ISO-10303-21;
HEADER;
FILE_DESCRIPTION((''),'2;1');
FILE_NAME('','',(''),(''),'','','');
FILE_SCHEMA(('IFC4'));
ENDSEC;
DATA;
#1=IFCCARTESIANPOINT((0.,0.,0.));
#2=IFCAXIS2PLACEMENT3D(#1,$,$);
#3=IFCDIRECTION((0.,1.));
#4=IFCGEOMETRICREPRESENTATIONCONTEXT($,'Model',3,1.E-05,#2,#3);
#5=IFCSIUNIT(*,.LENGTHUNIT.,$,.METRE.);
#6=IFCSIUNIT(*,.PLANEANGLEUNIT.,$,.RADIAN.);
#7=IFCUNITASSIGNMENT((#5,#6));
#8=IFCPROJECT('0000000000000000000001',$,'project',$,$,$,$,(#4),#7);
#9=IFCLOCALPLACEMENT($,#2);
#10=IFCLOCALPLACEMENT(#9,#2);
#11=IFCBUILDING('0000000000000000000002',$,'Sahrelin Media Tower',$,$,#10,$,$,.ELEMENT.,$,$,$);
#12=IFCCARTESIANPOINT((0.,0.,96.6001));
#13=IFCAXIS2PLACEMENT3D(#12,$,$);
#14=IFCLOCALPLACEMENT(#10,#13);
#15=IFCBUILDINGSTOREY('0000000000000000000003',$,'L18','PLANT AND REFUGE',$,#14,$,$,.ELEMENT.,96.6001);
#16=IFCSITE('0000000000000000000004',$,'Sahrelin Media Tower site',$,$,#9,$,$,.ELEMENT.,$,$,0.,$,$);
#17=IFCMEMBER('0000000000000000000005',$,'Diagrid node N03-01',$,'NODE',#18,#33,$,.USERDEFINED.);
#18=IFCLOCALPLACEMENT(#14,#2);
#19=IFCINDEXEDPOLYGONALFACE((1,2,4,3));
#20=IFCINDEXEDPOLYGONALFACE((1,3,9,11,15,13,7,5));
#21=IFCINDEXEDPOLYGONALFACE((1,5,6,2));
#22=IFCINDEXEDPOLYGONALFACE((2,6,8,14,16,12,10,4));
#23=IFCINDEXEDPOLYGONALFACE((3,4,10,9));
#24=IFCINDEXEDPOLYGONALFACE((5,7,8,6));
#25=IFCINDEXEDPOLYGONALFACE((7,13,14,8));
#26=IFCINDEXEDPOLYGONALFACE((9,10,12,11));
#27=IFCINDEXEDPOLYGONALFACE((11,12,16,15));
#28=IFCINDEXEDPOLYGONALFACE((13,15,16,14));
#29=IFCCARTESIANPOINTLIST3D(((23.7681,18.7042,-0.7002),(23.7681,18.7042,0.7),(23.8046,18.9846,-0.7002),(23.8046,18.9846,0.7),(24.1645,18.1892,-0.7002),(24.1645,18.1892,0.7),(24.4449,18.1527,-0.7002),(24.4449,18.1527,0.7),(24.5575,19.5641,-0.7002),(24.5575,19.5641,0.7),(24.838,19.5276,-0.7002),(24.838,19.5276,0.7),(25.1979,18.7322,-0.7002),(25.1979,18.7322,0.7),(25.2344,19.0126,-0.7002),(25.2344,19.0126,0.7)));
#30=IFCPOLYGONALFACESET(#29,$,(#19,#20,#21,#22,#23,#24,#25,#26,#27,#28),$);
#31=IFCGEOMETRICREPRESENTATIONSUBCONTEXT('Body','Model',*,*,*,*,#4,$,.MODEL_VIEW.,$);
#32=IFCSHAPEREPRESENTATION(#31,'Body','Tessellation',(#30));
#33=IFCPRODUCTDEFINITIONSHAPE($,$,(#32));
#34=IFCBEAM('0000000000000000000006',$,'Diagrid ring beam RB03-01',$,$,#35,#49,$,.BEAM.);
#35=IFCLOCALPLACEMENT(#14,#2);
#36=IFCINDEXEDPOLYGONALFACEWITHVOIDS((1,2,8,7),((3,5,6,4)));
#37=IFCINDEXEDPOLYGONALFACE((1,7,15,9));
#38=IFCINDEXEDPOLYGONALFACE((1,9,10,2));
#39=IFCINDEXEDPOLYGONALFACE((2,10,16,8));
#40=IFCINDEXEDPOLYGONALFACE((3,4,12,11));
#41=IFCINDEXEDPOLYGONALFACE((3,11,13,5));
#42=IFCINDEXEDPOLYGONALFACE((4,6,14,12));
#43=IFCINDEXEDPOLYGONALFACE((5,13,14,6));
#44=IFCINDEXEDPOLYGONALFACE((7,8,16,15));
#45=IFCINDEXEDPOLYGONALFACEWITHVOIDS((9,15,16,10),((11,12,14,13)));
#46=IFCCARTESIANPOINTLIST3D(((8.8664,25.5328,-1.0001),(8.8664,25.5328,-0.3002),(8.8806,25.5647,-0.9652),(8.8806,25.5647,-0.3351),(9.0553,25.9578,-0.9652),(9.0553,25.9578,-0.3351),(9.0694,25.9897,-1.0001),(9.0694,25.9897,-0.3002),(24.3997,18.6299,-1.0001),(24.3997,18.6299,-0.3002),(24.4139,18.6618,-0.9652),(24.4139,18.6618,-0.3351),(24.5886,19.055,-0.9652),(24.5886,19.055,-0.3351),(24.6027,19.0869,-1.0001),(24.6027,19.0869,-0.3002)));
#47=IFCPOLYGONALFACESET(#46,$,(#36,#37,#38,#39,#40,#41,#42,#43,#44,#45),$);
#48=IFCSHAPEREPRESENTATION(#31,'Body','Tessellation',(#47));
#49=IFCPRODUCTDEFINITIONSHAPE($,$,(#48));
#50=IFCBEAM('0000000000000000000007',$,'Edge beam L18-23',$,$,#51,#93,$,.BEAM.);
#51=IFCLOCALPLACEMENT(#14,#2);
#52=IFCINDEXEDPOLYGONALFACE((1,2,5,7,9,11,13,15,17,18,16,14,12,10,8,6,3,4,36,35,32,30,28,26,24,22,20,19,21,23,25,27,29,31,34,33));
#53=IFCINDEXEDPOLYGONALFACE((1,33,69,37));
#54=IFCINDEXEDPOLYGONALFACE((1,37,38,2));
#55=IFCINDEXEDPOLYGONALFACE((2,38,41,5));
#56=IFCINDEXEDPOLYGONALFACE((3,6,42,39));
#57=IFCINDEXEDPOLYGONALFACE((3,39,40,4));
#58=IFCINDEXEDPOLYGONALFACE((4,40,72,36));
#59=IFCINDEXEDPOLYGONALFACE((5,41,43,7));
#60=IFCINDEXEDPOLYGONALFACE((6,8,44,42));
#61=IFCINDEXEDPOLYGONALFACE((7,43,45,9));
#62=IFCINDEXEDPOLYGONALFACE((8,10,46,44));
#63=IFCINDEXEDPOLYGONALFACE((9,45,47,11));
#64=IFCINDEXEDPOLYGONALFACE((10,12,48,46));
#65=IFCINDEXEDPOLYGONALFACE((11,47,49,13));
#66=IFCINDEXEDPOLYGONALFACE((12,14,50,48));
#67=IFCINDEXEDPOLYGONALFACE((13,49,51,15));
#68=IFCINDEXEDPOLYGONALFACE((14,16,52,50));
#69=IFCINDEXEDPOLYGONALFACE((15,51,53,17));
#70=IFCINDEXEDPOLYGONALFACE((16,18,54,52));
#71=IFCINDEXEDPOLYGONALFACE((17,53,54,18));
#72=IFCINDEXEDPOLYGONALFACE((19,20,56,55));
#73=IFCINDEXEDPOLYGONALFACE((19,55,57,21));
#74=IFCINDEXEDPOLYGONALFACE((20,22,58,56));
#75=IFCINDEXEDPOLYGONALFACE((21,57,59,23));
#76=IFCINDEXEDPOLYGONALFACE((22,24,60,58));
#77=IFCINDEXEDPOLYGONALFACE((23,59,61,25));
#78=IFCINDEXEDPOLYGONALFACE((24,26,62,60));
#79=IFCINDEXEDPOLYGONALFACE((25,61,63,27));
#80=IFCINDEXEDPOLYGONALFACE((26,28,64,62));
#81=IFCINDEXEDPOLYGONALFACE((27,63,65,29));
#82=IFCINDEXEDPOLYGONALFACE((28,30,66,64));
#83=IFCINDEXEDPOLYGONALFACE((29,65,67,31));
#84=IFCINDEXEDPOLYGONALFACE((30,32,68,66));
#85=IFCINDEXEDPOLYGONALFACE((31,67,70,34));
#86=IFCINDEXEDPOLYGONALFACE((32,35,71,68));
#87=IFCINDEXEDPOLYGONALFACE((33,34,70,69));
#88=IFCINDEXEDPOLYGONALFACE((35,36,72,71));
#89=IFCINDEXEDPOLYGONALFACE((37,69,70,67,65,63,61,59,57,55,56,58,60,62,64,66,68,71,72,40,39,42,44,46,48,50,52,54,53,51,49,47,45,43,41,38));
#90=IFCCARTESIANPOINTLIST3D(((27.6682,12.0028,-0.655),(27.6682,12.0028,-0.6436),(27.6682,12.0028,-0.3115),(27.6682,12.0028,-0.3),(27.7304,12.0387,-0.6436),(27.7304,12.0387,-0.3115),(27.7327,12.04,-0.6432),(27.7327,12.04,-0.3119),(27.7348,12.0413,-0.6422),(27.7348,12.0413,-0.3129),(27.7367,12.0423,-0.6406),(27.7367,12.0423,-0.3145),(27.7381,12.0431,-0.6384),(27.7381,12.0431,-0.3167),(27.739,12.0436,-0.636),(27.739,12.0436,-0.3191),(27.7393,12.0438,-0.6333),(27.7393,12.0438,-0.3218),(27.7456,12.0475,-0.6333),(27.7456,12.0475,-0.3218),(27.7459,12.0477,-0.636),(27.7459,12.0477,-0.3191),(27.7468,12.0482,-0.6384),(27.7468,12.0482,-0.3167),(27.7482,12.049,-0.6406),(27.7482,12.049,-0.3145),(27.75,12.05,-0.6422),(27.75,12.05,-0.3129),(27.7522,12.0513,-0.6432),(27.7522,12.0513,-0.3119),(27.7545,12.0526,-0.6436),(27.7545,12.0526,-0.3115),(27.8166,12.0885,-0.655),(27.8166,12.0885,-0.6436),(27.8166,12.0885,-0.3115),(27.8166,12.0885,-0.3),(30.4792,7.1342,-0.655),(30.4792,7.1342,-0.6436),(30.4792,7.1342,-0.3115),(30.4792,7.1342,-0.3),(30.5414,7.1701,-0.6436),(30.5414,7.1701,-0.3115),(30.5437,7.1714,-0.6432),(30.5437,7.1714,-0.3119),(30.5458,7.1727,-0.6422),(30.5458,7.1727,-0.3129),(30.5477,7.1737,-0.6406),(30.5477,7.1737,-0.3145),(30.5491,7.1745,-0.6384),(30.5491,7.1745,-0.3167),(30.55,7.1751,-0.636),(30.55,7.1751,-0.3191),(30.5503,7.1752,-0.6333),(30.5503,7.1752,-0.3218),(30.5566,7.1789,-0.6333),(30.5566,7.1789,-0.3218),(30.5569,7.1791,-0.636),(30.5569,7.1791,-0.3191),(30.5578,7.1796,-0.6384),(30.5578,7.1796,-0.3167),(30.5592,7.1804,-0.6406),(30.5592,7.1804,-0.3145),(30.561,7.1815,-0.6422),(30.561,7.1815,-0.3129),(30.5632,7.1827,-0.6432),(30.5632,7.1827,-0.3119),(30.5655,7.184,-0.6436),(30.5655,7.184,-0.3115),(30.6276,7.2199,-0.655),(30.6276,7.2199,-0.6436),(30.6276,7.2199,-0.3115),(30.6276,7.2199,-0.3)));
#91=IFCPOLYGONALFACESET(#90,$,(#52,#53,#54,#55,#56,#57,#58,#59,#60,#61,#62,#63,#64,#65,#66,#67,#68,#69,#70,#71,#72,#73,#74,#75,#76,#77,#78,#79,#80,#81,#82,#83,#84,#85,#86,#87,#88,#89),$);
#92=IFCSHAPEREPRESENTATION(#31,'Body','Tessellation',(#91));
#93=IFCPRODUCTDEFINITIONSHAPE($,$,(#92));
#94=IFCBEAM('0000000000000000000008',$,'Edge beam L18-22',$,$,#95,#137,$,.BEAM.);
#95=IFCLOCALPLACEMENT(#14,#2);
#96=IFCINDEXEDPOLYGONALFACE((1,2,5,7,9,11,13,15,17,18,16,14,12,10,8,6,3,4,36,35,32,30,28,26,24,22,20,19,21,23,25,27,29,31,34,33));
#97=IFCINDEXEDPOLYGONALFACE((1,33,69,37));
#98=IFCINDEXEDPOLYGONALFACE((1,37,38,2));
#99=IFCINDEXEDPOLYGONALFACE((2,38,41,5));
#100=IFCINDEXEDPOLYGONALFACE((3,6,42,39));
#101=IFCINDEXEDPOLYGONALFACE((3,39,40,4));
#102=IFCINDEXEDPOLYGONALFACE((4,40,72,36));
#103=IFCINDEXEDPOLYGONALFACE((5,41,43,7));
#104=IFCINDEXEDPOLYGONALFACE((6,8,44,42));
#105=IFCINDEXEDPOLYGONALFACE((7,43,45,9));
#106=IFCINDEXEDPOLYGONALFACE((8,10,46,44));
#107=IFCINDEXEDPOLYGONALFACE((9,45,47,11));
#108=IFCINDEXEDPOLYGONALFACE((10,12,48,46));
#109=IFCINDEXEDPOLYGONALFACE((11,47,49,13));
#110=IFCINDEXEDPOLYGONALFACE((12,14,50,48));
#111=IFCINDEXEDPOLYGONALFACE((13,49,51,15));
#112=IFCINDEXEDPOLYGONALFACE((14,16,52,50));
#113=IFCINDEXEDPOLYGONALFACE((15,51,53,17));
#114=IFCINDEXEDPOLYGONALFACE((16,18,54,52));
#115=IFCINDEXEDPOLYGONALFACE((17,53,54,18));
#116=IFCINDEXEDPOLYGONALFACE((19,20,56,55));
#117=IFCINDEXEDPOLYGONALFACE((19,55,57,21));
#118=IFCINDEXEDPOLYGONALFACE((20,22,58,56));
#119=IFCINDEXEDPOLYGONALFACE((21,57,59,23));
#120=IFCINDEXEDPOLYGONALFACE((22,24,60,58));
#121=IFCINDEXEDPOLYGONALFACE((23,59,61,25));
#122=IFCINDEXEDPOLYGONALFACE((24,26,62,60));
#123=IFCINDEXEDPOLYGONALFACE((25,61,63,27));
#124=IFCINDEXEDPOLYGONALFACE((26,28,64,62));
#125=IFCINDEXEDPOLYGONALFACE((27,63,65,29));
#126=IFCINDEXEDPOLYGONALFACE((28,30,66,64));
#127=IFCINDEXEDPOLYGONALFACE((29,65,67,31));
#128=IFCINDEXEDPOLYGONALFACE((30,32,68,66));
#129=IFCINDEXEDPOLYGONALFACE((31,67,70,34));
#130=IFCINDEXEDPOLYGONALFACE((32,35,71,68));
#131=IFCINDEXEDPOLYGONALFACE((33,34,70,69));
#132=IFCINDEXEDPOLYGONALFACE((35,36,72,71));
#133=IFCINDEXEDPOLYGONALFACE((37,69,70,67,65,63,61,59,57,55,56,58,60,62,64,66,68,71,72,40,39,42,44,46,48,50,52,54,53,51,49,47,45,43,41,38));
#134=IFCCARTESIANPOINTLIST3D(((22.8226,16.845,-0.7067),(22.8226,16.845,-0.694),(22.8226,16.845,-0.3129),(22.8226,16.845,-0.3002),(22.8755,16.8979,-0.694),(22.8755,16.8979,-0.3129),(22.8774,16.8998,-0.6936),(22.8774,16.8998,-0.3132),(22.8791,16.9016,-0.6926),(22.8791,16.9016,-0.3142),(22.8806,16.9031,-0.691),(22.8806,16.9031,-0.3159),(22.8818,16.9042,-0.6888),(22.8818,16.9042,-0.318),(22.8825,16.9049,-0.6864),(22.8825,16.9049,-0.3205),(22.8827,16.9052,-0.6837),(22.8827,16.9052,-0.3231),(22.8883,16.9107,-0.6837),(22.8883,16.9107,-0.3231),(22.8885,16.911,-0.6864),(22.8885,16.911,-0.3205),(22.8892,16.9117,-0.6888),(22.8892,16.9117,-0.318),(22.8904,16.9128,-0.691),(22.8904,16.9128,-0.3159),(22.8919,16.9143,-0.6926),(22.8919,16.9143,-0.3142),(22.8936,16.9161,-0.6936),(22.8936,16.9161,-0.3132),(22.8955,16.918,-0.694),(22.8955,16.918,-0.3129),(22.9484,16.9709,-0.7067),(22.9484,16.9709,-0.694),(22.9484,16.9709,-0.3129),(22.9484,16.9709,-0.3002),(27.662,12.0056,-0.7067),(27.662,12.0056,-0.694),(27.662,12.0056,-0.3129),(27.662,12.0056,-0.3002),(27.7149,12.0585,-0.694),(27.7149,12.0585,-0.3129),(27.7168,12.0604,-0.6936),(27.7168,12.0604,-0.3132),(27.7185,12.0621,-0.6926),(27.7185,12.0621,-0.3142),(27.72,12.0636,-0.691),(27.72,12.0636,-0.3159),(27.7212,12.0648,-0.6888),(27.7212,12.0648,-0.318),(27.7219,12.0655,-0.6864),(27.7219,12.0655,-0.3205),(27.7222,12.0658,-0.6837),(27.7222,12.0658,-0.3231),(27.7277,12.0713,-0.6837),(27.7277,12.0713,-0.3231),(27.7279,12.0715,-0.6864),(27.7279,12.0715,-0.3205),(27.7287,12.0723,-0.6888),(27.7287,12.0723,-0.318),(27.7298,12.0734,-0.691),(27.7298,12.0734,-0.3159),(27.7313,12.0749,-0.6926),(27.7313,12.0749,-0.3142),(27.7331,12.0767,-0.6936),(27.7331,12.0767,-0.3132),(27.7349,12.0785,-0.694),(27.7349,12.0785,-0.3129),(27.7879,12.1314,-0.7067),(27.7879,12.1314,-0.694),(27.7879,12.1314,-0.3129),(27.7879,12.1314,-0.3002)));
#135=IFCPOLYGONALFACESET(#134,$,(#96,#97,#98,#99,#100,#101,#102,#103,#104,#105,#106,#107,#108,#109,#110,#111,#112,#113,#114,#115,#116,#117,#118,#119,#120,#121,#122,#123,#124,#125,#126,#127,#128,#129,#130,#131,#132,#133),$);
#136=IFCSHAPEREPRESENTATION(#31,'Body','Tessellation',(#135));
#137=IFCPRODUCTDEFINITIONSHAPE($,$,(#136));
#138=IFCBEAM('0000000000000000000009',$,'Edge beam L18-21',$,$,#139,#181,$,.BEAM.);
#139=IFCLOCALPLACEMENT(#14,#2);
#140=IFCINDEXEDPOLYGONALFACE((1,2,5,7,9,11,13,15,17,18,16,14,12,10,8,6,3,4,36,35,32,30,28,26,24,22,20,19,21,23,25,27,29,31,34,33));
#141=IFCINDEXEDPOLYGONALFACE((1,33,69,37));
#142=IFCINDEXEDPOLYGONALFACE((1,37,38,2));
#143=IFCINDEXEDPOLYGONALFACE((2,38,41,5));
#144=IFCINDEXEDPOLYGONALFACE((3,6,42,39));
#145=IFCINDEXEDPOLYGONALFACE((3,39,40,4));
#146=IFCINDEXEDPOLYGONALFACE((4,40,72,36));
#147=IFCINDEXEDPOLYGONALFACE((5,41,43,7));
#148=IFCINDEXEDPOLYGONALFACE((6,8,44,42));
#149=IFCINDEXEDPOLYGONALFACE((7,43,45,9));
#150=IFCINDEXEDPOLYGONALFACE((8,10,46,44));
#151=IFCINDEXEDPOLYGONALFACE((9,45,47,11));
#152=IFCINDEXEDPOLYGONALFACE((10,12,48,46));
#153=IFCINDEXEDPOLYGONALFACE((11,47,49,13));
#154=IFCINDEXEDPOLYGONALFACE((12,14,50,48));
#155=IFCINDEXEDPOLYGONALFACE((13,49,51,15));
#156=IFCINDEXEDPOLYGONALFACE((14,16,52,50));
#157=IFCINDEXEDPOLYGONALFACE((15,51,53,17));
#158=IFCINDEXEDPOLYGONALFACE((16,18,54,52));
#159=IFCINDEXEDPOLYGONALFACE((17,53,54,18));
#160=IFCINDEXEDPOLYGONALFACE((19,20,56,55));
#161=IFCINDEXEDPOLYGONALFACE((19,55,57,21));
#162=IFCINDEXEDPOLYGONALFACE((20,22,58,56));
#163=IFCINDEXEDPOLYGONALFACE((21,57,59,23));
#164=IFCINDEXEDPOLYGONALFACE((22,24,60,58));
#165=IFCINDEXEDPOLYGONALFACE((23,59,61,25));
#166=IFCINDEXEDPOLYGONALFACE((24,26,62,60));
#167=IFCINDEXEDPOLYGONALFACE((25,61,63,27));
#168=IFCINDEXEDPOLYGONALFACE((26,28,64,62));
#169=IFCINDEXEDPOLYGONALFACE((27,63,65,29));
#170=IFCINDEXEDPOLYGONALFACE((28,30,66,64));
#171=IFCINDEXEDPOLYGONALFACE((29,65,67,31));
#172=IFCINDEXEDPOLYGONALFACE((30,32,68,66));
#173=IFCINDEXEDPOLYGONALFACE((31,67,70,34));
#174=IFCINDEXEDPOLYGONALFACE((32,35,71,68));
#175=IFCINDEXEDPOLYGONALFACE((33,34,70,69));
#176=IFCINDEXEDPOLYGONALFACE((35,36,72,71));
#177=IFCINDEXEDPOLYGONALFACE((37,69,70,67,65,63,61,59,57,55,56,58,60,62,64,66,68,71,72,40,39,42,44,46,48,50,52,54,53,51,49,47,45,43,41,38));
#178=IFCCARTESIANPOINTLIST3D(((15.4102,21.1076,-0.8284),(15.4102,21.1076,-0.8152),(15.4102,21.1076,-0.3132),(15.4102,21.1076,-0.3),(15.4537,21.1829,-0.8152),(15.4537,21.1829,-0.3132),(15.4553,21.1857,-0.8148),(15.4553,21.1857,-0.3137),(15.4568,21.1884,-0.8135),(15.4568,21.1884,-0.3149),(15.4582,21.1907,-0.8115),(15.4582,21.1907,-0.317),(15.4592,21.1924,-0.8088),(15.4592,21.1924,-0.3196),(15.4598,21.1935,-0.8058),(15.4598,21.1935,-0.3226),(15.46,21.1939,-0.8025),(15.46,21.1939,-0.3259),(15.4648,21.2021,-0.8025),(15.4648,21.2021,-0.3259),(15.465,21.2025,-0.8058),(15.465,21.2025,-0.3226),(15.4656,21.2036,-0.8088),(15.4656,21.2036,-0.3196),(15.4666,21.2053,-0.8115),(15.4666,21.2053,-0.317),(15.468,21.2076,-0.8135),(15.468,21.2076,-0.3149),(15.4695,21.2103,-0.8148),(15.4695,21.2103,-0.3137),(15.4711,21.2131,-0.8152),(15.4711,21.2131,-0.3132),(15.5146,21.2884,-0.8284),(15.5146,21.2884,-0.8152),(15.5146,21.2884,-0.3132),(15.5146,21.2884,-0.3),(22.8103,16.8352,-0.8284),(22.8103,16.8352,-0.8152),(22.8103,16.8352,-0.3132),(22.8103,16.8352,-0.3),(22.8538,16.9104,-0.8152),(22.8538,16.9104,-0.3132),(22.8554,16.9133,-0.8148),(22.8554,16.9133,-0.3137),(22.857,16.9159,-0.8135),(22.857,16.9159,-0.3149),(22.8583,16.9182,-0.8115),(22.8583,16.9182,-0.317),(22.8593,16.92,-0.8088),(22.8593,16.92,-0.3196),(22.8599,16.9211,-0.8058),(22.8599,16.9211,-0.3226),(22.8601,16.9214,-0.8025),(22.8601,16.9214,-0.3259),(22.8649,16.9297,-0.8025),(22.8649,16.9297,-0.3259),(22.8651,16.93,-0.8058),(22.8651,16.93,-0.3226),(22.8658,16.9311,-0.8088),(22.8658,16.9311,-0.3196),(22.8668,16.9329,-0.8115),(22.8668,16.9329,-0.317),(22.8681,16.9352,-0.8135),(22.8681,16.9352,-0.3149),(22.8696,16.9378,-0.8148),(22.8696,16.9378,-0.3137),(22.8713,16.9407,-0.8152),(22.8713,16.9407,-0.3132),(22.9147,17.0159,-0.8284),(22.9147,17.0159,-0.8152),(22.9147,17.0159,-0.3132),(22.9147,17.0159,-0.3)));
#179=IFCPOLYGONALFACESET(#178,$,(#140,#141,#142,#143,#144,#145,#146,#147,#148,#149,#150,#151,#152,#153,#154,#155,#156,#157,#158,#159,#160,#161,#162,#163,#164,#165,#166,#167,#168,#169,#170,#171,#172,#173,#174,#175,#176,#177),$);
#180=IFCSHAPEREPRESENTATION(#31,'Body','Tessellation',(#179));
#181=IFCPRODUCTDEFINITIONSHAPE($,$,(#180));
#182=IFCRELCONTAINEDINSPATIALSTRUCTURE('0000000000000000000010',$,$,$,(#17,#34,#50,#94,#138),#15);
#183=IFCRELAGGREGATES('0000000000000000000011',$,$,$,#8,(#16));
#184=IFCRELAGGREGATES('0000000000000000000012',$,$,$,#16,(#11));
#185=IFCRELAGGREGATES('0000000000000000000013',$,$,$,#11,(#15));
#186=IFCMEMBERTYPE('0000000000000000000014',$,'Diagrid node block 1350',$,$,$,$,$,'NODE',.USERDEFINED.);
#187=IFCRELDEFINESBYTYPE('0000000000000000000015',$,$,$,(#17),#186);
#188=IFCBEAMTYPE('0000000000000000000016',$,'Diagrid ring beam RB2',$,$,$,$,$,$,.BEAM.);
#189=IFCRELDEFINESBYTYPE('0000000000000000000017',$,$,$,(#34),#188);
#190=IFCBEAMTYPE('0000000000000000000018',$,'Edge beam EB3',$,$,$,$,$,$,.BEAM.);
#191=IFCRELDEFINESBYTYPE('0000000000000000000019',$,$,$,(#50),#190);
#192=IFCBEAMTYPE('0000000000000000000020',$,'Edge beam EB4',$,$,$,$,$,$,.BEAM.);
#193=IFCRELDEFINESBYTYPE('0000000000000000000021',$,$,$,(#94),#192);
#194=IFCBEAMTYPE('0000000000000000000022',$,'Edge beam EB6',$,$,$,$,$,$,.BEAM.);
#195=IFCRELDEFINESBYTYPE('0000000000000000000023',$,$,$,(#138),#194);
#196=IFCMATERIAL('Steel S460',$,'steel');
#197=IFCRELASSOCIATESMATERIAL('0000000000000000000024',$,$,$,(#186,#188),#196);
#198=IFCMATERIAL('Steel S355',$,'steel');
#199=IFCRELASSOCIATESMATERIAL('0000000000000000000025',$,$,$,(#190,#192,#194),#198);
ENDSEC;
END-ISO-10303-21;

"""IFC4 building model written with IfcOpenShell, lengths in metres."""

from ifc_helpers import new_model, si_unit, direction, frame, origin, origin_2d, place, context, subcontext, project, spatial, polyline, hollow_rectangle, i_section, outline, extrude, material, material_profile, profile_set, type_object, element, save


model = new_model("IFC4")

# Units and contexts
model_context = context("Model", 3, precision=1e-05, world=origin(), true_north=direction((0.0, 1.0)))
body_context = subcontext(model_context, "Body", "Model", "MODEL_VIEW")
ifc_project = project(units=[si_unit("LENGTHUNIT", "METRE"), si_unit("PLANEANGLEUNIT", "RADIAN")], contexts=[model_context])

# Site, building, storey
site_placement = place(None, origin())
site = spatial("IfcSite", under=ifc_project, at=site_placement, Name="Sahrelin Media Tower site", CompositionType="ELEMENT", RefElevation=0.0)
building_placement = place(site_placement, origin())
building = spatial("IfcBuilding", under=site, at=building_placement, Name="Sahrelin Media Tower", CompositionType="ELEMENT")
storey_placement = place(building_placement, frame((0.0, 0.0, 96.6001)))
storey = spatial("IfcBuildingStorey", under=building, at=storey_placement, Name="L18", Description="PLANT AND REFUGE", CompositionType="ELEMENT", Elevation=96.6001)

# Member
ifc_material_1 = material(Name="Steel S460", Category="steel")
ifc_material_profile_1 = material_profile(ifc_material_1, outline(polyline([(0.4751, -0.5249), (0.675, -0.325), (0.675, 0.325), (0.4751, 0.5249), (-0.4751, 0.5249), (-0.675, 0.325), (-0.675, -0.325), (-0.4751, -0.5249), (0.4751, -0.5249)])), Name="Diagrid node block 1350")
ifc_profile_set_1 = profile_set([ifc_material_profile_1], Name="Steel S460")
member_type_1 = type_object("IfcMemberType", Name="Diagrid node block 1350", ElementType="NODE", PredefinedType="USERDEFINED", material=ifc_profile_set_1)
member_1_placement = place(storey_placement, frame((24.5012, 18.8584, -0.7002), z_axis=(0.0, 0.0, 1.0), x_axis=(0.792445, 0.609943, 0.0)))
element("IfcMember", 1, at=member_1_placement, inside=storey, type_object=member_type_1, Name="Diagrid node N03-01", ObjectType="NODE", PredefinedType="USERDEFINED", context=body_context, shape_type="SweptSolid", body=[
    extrude(outline(polyline([(0.4751, -0.5249), (0.675, -0.325), (0.675, 0.325), (0.4751, 0.5249), (-0.4751, 0.5249), (-0.675, 0.325), (-0.675, -0.325), (-0.4751, -0.5249), (0.4751, -0.5249)])), origin(), (0.0, 0.0, 1.0), 1.4001),
])

# Beams
ifc_material_profile_2 = material_profile(ifc_material_1, hollow_rectangle(XDim=0.5, YDim=0.7, WallThickness=0.0349, at=origin_2d()), Name="Diagrid ring beam RB2")
ifc_profile_set_2 = profile_set([ifc_material_profile_2], Name="Steel S460")
beam_type_1 = type_object("IfcBeamType", Name="Diagrid ring beam RB2", PredefinedType="BEAM", material=ifc_profile_set_2)
beam_1_placement = place(storey_placement, frame((24.5012, 18.8584, -0.6501), z_axis=(-0.913829, 0.406098, 0.0), x_axis=(-0.406098, -0.913829, 0.0)))
element("IfcBeam", 2, at=beam_1_placement, inside=storey, type_object=beam_type_1, Name="Diagrid ring beam RB03-01", PredefinedType="BEAM", context=body_context, shape_type="SweptSolid", body=[
    extrude(hollow_rectangle(XDim=0.5, YDim=0.7, WallThickness=0.0349, at=origin_2d()), origin(), (0.0, 0.0, 1.0), 16.998),
])
ifc_material_2 = material(Name="Steel S355", Category="steel")
ifc_material_profile_3 = material_profile(ifc_material_2, i_section(OverallWidth=0.1714, OverallDepth=0.355, WebThickness=0.0073, FlangeThickness=0.0115, FilletRadius=0.0103, at=origin_2d()), Name="UB 356x171x51")
ifc_profile_set_3 = profile_set([ifc_material_profile_3], Name="Steel S355")
beam_type_2 = type_object("IfcBeamType", Name="Edge beam EB3", PredefinedType="BEAM", material=ifc_profile_set_3)
beam_2_placement = place(storey_placement, frame((27.7424, 12.0457, -0.4775), z_axis=(0.500016, -0.866016, 0.0), x_axis=(0.866016, 0.500016, 0.0)))
element("IfcBeam", 3, at=beam_2_placement, inside=storey, type_object=beam_type_2, Name="Edge beam L18-23", PredefinedType="BEAM", context=body_context, shape_type="SweptSolid", body=[
    extrude(i_section(OverallWidth=0.1714, OverallDepth=0.355, WebThickness=0.0073, FlangeThickness=0.0115, FilletRadius=0.0103, at=origin_2d()), origin(), (0.0, 0.0, 1.0), 5.6218),
])
ifc_material_profile_4 = material_profile(ifc_material_2, i_section(OverallWidth=0.178, OverallDepth=0.4065, WebThickness=0.0078, FlangeThickness=0.0127, FilletRadius=0.0103, at=origin_2d()), Name="UB 406x178x60")
ifc_profile_set_4 = profile_set([ifc_material_profile_4], Name="Steel S355")
beam_type_3 = type_object("IfcBeamType", Name="Edge beam EB4", PredefinedType="BEAM", material=ifc_profile_set_4)
beam_3_placement = place(storey_placement, frame((22.8855, 16.908, -0.5034), z_axis=(0.707107, -0.707107, 0.0), x_axis=(0.707107, 0.707107, 0.0)))
element("IfcBeam", 4, at=beam_3_placement, inside=storey, type_object=beam_type_3, Name="Edge beam L18-22", PredefinedType="BEAM", context=body_context, shape_type="SweptSolid", body=[
    extrude(i_section(OverallWidth=0.178, OverallDepth=0.4065, WebThickness=0.0078, FlangeThickness=0.0127, FilletRadius=0.0103, at=origin_2d()), origin(), (0.0, 0.0, 1.0), 6.844),
])
ifc_material_profile_5 = material_profile(ifc_material_2, i_section(OverallWidth=0.2087, OverallDepth=0.5283, WebThickness=0.0095, FlangeThickness=0.0132, FilletRadius=0.0127, at=origin_2d()), Name="UB 533x210x82")
ifc_profile_set_5 = profile_set([ifc_material_profile_5], Name="Steel S355")
beam_type_4 = type_object("IfcBeamType", Name="Edge beam EB6", PredefinedType="BEAM", material=ifc_profile_set_5)
beam_4_placement = place(storey_placement, frame((15.4624, 21.198, -0.5642), z_axis=(0.866026, -0.499999, 0.0), x_axis=(0.499999, 0.866026, 0.0)))
element("IfcBeam", 5, at=beam_4_placement, inside=storey, type_object=beam_type_4, Name="Edge beam L18-21", PredefinedType="BEAM", context=body_context, shape_type="SweptSolid", body=[
    extrude(i_section(OverallWidth=0.2087, OverallDepth=0.5283, WebThickness=0.0095, FlangeThickness=0.0132, FilletRadius=0.0127, at=origin_2d()), origin(), (0.0, 0.0, 1.0), 8.5449),
])

save(model, "model.ifc")
